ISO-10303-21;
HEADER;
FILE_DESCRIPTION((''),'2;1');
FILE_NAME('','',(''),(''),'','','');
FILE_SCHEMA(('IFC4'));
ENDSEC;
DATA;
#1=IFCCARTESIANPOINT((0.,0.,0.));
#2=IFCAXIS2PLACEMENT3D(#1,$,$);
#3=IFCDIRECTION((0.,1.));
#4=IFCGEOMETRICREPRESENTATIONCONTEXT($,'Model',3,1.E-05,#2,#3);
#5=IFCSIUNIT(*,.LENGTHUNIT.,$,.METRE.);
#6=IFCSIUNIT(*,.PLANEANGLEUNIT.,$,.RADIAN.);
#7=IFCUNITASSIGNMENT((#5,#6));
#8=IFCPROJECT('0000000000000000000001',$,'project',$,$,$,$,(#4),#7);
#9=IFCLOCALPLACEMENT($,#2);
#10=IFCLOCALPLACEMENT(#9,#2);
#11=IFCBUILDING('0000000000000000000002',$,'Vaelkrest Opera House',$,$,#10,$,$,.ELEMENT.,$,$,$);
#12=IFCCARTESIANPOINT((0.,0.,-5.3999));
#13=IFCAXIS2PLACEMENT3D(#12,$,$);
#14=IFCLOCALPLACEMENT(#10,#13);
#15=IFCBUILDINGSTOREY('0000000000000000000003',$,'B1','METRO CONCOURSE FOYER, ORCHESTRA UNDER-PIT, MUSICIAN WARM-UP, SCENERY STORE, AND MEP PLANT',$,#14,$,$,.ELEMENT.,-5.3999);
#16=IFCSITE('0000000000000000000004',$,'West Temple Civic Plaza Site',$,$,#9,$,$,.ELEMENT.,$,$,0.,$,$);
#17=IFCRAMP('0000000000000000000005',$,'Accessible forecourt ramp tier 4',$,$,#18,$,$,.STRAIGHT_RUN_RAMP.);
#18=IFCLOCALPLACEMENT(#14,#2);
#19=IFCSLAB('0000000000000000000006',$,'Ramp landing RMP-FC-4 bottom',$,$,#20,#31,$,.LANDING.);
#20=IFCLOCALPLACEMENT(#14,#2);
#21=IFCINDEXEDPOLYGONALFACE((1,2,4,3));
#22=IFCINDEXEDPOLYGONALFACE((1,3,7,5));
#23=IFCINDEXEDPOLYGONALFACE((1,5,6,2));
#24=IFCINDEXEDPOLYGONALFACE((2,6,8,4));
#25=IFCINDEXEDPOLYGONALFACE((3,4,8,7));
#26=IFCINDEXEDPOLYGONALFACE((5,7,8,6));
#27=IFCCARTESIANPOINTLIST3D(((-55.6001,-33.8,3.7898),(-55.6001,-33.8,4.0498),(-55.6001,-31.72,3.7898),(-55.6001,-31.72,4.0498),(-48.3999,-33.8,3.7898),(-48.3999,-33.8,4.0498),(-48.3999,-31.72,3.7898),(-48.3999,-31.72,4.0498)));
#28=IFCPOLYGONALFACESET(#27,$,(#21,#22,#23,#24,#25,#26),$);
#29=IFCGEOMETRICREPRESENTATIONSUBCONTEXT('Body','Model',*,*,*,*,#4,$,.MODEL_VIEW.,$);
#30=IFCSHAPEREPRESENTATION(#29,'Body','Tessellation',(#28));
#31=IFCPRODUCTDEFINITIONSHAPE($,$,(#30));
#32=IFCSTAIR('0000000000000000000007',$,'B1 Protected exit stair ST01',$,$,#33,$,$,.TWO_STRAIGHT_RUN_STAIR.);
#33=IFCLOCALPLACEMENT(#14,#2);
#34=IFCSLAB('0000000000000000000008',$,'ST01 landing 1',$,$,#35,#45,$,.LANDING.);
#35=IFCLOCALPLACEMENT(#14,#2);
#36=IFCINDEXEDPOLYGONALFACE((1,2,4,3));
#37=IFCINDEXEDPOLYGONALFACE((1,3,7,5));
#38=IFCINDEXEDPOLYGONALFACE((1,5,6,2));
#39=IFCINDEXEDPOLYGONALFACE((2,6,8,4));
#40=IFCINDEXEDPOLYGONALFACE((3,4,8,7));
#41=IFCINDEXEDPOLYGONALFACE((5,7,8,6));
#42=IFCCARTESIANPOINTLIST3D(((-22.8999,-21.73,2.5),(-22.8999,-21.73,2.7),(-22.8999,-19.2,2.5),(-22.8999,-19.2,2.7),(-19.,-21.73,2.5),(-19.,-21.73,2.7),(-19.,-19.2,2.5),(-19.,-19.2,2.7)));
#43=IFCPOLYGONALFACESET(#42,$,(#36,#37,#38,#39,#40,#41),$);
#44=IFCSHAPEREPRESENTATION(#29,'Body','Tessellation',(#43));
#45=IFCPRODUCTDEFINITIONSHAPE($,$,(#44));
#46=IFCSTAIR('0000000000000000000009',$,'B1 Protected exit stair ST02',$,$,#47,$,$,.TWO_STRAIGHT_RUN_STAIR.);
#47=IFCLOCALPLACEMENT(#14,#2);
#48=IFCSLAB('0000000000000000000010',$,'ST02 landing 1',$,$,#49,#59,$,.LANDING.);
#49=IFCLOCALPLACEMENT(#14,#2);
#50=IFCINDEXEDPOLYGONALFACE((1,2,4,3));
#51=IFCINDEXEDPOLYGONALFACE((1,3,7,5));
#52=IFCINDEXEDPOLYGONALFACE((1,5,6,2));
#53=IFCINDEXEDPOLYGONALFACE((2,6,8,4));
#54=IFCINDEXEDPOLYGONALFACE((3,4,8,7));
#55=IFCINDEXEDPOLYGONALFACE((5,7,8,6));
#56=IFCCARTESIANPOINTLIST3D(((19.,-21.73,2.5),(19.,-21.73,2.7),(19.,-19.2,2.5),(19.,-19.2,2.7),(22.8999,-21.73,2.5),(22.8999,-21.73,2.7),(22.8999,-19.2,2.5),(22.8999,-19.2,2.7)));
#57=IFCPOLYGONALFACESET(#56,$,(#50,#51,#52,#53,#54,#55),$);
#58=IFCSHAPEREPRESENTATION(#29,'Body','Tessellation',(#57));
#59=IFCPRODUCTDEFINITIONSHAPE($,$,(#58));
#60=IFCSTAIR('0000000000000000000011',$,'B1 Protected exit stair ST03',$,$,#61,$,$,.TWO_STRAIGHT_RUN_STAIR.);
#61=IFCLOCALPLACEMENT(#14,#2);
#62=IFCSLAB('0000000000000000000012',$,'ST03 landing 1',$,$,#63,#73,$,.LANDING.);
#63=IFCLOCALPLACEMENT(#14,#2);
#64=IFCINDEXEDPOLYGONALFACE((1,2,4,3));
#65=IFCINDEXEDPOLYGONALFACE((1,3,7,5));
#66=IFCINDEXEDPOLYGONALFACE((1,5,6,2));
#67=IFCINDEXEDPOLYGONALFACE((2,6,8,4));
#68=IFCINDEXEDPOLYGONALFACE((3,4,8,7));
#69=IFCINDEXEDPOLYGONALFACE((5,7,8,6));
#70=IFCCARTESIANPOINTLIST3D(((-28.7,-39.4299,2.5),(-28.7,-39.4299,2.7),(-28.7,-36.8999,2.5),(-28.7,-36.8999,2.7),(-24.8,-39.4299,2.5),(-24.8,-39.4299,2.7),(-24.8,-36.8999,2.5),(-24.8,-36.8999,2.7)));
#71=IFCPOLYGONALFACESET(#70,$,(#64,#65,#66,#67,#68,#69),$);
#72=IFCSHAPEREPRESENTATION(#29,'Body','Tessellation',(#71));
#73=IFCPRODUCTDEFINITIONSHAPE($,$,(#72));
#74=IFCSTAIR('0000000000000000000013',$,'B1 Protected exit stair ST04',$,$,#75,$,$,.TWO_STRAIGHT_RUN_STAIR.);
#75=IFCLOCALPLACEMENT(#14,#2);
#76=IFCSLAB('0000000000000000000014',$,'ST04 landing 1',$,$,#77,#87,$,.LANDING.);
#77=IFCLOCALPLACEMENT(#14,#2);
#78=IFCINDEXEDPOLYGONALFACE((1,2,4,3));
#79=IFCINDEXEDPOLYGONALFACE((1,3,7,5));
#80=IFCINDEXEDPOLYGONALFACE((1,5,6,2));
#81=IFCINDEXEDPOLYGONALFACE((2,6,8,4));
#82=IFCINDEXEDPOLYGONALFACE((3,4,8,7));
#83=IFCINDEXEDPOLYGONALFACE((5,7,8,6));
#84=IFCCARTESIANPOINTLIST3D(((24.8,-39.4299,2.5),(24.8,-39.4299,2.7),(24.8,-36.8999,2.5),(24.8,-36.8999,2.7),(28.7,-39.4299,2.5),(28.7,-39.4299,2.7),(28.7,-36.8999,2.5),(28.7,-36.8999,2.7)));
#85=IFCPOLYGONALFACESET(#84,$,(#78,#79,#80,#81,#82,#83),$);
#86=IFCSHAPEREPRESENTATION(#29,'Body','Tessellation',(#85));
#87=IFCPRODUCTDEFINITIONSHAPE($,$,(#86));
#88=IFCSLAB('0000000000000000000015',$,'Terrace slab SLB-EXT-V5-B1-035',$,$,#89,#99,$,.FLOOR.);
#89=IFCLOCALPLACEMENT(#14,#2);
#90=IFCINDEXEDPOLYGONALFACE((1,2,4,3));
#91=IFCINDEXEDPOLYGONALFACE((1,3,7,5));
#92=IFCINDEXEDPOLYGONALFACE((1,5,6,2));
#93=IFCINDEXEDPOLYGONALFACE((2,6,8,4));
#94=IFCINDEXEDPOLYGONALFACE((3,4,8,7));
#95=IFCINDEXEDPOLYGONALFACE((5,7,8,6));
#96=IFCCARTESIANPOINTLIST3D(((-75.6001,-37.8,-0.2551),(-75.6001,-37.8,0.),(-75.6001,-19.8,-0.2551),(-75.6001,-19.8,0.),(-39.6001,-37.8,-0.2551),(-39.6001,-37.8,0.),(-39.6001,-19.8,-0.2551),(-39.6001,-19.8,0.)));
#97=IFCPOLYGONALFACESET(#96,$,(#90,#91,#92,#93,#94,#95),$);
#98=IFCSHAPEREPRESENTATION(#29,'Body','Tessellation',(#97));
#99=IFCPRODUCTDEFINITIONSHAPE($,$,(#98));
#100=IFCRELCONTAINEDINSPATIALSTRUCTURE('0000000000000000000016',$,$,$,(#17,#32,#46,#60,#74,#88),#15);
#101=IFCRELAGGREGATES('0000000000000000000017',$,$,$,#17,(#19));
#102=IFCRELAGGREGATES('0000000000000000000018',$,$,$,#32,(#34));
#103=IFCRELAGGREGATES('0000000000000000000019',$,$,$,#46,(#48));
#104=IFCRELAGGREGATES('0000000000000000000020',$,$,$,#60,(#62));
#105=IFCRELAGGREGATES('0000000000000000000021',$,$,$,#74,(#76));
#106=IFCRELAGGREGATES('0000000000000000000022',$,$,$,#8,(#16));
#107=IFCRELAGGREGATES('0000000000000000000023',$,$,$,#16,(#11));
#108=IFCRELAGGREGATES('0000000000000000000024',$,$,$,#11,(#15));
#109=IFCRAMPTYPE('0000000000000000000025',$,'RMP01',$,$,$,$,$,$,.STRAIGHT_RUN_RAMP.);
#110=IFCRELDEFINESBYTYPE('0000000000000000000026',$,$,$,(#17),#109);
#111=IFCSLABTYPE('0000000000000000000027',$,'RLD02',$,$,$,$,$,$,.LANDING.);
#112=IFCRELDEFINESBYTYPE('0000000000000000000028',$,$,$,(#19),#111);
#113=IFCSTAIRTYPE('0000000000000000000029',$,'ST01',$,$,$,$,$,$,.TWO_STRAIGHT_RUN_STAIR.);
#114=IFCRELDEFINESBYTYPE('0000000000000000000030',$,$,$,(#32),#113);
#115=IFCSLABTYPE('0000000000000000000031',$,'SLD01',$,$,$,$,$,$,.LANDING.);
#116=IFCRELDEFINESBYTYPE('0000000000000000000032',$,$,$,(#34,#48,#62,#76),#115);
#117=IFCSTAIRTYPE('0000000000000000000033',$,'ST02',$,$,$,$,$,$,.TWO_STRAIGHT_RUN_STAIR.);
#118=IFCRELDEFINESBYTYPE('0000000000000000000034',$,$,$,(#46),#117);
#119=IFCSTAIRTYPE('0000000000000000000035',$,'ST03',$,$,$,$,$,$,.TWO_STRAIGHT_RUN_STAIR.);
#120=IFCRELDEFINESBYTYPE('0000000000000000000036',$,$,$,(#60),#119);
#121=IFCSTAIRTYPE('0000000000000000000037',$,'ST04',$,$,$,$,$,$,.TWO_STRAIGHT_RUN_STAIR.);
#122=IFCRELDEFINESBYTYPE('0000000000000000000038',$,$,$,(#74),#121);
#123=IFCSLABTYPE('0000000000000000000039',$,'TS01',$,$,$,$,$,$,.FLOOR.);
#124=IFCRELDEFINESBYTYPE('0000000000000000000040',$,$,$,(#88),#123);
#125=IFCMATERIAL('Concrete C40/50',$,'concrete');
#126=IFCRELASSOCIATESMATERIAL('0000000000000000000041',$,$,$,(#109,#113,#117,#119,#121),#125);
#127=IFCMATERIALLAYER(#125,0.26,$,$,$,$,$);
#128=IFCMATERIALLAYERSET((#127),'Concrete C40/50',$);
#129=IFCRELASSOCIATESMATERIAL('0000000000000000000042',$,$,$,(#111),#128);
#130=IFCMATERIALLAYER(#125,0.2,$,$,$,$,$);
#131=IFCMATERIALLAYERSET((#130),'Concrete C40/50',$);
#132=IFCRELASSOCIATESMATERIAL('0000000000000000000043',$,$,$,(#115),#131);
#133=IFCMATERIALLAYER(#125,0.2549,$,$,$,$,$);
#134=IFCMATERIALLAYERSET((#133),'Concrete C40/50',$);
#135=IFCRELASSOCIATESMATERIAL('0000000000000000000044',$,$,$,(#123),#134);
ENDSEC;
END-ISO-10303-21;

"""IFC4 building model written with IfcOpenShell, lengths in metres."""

from ifc_helpers import new_model, si_unit, direction, frame, origin, place, context, subcontext, project, spatial, polyline, outline, extrude, material, layer, layer_set, type_object, element, aggregate, save


model = new_model("IFC4")

# Units and contexts
model_context = context("Model", 3, precision=1e-05, world=origin(), true_north=direction((0.0, 1.0)))
body_context = subcontext(model_context, "Body", "Model", "MODEL_VIEW")
ifc_project = project(units=[si_unit("LENGTHUNIT", "METRE"), si_unit("PLANEANGLEUNIT", "RADIAN")], contexts=[model_context])

# Site, building, storey
site_placement = place(None, origin())
site = spatial("IfcSite", under=ifc_project, at=site_placement, Name="West Temple Civic Plaza Site", CompositionType="ELEMENT", RefElevation=0.0)
building_placement = place(site_placement, origin())
building = spatial("IfcBuilding", under=site, at=building_placement, Name="Vaelkrest Opera House", CompositionType="ELEMENT")
storey_placement = place(building_placement, frame((0.0, 0.0, -5.3999)))
storey = spatial("IfcBuildingStorey", under=building, at=storey_placement, Name="B1", Description="METRO CONCOURSE FOYER, ORCHESTRA UNDER-PIT, MUSICIAN WARM-UP, SCENERY STORE, AND MEP PLANT", CompositionType="ELEMENT", Elevation=-5.3999)

# Shared definitions
ifc_material_1 = material(Name="Concrete C40/50", Category="concrete")

# Ramp
ramp_type = type_object("IfcRampType", Name="RMP01", PredefinedType="STRAIGHT_RUN_RAMP", material=ifc_material_1)
ramp_1_placement = place(storey_placement, origin())
ramp_1 = element("IfcRamp", 1, at=ramp_1_placement, inside=storey, type_object=ramp_type, Name="Accessible forecourt ramp tier 4", PredefinedType="STRAIGHT_RUN_RAMP")

# Slab
ifc_layer_1 = layer(ifc_material_1, 0.26)
ifc_layer_set_1 = layer_set([ifc_layer_1], Name="Concrete C40/50")
slab_type_1 = type_object("IfcSlabType", Name="RLD02", PredefinedType="LANDING", material=ifc_layer_set_1)
slab_1_placement = place(storey_placement, frame((0.0, 0.0, 3.7898)))
slab_1 = element("IfcSlab", 2, at=slab_1_placement, type_object=slab_type_1, Name="Ramp landing RMP-FC-4 bottom", PredefinedType="LANDING", context=body_context, shape_type="SweptSolid", body=[
    extrude(outline(polyline([(-55.6001, -33.8), (-48.3999, -33.8), (-48.3999, -31.72), (-55.6001, -31.72), (-55.6001, -33.8)])), origin(), (0.0, 0.0, 1.0), 0.26),
])
aggregate(ramp_1, [slab_1])

# Stairs, slabs
stair_type_1 = type_object("IfcStairType", Name="ST01", PredefinedType="TWO_STRAIGHT_RUN_STAIR", material=ifc_material_1)
stair_1_placement = place(storey_placement, origin())
stair_1 = element("IfcStair", 3, at=stair_1_placement, inside=storey, type_object=stair_type_1, Name="B1 Protected exit stair ST01", PredefinedType="TWO_STRAIGHT_RUN_STAIR")
ifc_layer_2 = layer(ifc_material_1, 0.2)
ifc_layer_set_2 = layer_set([ifc_layer_2], Name="Concrete C40/50")
slab_type_2 = type_object("IfcSlabType", Name="SLD01", PredefinedType="LANDING", material=ifc_layer_set_2)
slab_2_placement = place(storey_placement, frame((0.0, 0.0, 2.5)))
slab_2 = element("IfcSlab", 4, at=slab_2_placement, type_object=slab_type_2, Name="ST01 landing 1", PredefinedType="LANDING", context=body_context, shape_type="SweptSolid", body=[
    extrude(outline(polyline([(-19.0, -21.73), (-19.0, -19.2), (-22.8999, -19.2), (-22.8999, -21.73), (-19.0, -21.73)])), origin(), (0.0, 0.0, 1.0), 0.2),
])
aggregate(stair_1, [slab_2])
stair_type_2 = type_object("IfcStairType", Name="ST02", PredefinedType="TWO_STRAIGHT_RUN_STAIR", material=ifc_material_1)
stair_2_placement = place(storey_placement, origin())
stair_2 = element("IfcStair", 5, at=stair_2_placement, inside=storey, type_object=stair_type_2, Name="B1 Protected exit stair ST02", PredefinedType="TWO_STRAIGHT_RUN_STAIR")
slab_3_placement = place(storey_placement, frame((0.0, 0.0, 2.5)))
slab_3 = element("IfcSlab", 6, at=slab_3_placement, type_object=slab_type_2, Name="ST02 landing 1", PredefinedType="LANDING", context=body_context, shape_type="SweptSolid", body=[
    extrude(outline(polyline([(22.8999, -21.73), (22.8999, -19.2), (19.0, -19.2), (19.0, -21.73), (22.8999, -21.73)])), origin(), (0.0, 0.0, 1.0), 0.2),
])
aggregate(stair_2, [slab_3])
stair_type_3 = type_object("IfcStairType", Name="ST03", PredefinedType="TWO_STRAIGHT_RUN_STAIR", material=ifc_material_1)
stair_3_placement = place(storey_placement, origin())
stair_3 = element("IfcStair", 7, at=stair_3_placement, inside=storey, type_object=stair_type_3, Name="B1 Protected exit stair ST03", PredefinedType="TWO_STRAIGHT_RUN_STAIR")
slab_4_placement = place(storey_placement, frame((0.0, 0.0, 2.5)))
slab_4 = element("IfcSlab", 8, at=slab_4_placement, type_object=slab_type_2, Name="ST03 landing 1", PredefinedType="LANDING", context=body_context, shape_type="SweptSolid", body=[
    extrude(outline(polyline([(-24.8, -39.4299), (-24.8, -36.8999), (-28.7, -36.8999), (-28.7, -39.4299), (-24.8, -39.4299)])), origin(), (0.0, 0.0, 1.0), 0.2),
])
aggregate(stair_3, [slab_4])
stair_type_4 = type_object("IfcStairType", Name="ST04", PredefinedType="TWO_STRAIGHT_RUN_STAIR", material=ifc_material_1)
stair_4_placement = place(storey_placement, origin())
stair_4 = element("IfcStair", 9, at=stair_4_placement, inside=storey, type_object=stair_type_4, Name="B1 Protected exit stair ST04", PredefinedType="TWO_STRAIGHT_RUN_STAIR")
slab_5_placement = place(storey_placement, frame((0.0, 0.0, 2.5)))
slab_5 = element("IfcSlab", 10, at=slab_5_placement, type_object=slab_type_2, Name="ST04 landing 1", PredefinedType="LANDING", context=body_context, shape_type="SweptSolid", body=[
    extrude(outline(polyline([(28.7, -39.4299), (28.7, -36.8999), (24.8, -36.8999), (24.8, -39.4299), (28.7, -39.4299)])), origin(), (0.0, 0.0, 1.0), 0.2),
])
aggregate(stair_4, [slab_5])

# Slab
ifc_layer_3 = layer(ifc_material_1, 0.2549)
ifc_layer_set_3 = layer_set([ifc_layer_3], Name="Concrete C40/50")
slab_type_3 = type_object("IfcSlabType", Name="TS01", PredefinedType="FLOOR", material=ifc_layer_set_3)
slab_6_placement = place(storey_placement, frame((0.0, 0.0, -0.2551)))
element("IfcSlab", 11, at=slab_6_placement, inside=storey, type_object=slab_type_3, Name="Terrace slab SLB-EXT-V5-B1-035", PredefinedType="FLOOR", context=body_context, shape_type="SweptSolid", body=[
    extrude(outline(polyline([(-75.6001, -37.8), (-39.6001, -37.8), (-39.6001, -19.8), (-75.6001, -19.8), (-75.6001, -37.8)])), origin(), (0.0, 0.0, 1.0), 0.2551),
])

save(model, "model.ifc")
